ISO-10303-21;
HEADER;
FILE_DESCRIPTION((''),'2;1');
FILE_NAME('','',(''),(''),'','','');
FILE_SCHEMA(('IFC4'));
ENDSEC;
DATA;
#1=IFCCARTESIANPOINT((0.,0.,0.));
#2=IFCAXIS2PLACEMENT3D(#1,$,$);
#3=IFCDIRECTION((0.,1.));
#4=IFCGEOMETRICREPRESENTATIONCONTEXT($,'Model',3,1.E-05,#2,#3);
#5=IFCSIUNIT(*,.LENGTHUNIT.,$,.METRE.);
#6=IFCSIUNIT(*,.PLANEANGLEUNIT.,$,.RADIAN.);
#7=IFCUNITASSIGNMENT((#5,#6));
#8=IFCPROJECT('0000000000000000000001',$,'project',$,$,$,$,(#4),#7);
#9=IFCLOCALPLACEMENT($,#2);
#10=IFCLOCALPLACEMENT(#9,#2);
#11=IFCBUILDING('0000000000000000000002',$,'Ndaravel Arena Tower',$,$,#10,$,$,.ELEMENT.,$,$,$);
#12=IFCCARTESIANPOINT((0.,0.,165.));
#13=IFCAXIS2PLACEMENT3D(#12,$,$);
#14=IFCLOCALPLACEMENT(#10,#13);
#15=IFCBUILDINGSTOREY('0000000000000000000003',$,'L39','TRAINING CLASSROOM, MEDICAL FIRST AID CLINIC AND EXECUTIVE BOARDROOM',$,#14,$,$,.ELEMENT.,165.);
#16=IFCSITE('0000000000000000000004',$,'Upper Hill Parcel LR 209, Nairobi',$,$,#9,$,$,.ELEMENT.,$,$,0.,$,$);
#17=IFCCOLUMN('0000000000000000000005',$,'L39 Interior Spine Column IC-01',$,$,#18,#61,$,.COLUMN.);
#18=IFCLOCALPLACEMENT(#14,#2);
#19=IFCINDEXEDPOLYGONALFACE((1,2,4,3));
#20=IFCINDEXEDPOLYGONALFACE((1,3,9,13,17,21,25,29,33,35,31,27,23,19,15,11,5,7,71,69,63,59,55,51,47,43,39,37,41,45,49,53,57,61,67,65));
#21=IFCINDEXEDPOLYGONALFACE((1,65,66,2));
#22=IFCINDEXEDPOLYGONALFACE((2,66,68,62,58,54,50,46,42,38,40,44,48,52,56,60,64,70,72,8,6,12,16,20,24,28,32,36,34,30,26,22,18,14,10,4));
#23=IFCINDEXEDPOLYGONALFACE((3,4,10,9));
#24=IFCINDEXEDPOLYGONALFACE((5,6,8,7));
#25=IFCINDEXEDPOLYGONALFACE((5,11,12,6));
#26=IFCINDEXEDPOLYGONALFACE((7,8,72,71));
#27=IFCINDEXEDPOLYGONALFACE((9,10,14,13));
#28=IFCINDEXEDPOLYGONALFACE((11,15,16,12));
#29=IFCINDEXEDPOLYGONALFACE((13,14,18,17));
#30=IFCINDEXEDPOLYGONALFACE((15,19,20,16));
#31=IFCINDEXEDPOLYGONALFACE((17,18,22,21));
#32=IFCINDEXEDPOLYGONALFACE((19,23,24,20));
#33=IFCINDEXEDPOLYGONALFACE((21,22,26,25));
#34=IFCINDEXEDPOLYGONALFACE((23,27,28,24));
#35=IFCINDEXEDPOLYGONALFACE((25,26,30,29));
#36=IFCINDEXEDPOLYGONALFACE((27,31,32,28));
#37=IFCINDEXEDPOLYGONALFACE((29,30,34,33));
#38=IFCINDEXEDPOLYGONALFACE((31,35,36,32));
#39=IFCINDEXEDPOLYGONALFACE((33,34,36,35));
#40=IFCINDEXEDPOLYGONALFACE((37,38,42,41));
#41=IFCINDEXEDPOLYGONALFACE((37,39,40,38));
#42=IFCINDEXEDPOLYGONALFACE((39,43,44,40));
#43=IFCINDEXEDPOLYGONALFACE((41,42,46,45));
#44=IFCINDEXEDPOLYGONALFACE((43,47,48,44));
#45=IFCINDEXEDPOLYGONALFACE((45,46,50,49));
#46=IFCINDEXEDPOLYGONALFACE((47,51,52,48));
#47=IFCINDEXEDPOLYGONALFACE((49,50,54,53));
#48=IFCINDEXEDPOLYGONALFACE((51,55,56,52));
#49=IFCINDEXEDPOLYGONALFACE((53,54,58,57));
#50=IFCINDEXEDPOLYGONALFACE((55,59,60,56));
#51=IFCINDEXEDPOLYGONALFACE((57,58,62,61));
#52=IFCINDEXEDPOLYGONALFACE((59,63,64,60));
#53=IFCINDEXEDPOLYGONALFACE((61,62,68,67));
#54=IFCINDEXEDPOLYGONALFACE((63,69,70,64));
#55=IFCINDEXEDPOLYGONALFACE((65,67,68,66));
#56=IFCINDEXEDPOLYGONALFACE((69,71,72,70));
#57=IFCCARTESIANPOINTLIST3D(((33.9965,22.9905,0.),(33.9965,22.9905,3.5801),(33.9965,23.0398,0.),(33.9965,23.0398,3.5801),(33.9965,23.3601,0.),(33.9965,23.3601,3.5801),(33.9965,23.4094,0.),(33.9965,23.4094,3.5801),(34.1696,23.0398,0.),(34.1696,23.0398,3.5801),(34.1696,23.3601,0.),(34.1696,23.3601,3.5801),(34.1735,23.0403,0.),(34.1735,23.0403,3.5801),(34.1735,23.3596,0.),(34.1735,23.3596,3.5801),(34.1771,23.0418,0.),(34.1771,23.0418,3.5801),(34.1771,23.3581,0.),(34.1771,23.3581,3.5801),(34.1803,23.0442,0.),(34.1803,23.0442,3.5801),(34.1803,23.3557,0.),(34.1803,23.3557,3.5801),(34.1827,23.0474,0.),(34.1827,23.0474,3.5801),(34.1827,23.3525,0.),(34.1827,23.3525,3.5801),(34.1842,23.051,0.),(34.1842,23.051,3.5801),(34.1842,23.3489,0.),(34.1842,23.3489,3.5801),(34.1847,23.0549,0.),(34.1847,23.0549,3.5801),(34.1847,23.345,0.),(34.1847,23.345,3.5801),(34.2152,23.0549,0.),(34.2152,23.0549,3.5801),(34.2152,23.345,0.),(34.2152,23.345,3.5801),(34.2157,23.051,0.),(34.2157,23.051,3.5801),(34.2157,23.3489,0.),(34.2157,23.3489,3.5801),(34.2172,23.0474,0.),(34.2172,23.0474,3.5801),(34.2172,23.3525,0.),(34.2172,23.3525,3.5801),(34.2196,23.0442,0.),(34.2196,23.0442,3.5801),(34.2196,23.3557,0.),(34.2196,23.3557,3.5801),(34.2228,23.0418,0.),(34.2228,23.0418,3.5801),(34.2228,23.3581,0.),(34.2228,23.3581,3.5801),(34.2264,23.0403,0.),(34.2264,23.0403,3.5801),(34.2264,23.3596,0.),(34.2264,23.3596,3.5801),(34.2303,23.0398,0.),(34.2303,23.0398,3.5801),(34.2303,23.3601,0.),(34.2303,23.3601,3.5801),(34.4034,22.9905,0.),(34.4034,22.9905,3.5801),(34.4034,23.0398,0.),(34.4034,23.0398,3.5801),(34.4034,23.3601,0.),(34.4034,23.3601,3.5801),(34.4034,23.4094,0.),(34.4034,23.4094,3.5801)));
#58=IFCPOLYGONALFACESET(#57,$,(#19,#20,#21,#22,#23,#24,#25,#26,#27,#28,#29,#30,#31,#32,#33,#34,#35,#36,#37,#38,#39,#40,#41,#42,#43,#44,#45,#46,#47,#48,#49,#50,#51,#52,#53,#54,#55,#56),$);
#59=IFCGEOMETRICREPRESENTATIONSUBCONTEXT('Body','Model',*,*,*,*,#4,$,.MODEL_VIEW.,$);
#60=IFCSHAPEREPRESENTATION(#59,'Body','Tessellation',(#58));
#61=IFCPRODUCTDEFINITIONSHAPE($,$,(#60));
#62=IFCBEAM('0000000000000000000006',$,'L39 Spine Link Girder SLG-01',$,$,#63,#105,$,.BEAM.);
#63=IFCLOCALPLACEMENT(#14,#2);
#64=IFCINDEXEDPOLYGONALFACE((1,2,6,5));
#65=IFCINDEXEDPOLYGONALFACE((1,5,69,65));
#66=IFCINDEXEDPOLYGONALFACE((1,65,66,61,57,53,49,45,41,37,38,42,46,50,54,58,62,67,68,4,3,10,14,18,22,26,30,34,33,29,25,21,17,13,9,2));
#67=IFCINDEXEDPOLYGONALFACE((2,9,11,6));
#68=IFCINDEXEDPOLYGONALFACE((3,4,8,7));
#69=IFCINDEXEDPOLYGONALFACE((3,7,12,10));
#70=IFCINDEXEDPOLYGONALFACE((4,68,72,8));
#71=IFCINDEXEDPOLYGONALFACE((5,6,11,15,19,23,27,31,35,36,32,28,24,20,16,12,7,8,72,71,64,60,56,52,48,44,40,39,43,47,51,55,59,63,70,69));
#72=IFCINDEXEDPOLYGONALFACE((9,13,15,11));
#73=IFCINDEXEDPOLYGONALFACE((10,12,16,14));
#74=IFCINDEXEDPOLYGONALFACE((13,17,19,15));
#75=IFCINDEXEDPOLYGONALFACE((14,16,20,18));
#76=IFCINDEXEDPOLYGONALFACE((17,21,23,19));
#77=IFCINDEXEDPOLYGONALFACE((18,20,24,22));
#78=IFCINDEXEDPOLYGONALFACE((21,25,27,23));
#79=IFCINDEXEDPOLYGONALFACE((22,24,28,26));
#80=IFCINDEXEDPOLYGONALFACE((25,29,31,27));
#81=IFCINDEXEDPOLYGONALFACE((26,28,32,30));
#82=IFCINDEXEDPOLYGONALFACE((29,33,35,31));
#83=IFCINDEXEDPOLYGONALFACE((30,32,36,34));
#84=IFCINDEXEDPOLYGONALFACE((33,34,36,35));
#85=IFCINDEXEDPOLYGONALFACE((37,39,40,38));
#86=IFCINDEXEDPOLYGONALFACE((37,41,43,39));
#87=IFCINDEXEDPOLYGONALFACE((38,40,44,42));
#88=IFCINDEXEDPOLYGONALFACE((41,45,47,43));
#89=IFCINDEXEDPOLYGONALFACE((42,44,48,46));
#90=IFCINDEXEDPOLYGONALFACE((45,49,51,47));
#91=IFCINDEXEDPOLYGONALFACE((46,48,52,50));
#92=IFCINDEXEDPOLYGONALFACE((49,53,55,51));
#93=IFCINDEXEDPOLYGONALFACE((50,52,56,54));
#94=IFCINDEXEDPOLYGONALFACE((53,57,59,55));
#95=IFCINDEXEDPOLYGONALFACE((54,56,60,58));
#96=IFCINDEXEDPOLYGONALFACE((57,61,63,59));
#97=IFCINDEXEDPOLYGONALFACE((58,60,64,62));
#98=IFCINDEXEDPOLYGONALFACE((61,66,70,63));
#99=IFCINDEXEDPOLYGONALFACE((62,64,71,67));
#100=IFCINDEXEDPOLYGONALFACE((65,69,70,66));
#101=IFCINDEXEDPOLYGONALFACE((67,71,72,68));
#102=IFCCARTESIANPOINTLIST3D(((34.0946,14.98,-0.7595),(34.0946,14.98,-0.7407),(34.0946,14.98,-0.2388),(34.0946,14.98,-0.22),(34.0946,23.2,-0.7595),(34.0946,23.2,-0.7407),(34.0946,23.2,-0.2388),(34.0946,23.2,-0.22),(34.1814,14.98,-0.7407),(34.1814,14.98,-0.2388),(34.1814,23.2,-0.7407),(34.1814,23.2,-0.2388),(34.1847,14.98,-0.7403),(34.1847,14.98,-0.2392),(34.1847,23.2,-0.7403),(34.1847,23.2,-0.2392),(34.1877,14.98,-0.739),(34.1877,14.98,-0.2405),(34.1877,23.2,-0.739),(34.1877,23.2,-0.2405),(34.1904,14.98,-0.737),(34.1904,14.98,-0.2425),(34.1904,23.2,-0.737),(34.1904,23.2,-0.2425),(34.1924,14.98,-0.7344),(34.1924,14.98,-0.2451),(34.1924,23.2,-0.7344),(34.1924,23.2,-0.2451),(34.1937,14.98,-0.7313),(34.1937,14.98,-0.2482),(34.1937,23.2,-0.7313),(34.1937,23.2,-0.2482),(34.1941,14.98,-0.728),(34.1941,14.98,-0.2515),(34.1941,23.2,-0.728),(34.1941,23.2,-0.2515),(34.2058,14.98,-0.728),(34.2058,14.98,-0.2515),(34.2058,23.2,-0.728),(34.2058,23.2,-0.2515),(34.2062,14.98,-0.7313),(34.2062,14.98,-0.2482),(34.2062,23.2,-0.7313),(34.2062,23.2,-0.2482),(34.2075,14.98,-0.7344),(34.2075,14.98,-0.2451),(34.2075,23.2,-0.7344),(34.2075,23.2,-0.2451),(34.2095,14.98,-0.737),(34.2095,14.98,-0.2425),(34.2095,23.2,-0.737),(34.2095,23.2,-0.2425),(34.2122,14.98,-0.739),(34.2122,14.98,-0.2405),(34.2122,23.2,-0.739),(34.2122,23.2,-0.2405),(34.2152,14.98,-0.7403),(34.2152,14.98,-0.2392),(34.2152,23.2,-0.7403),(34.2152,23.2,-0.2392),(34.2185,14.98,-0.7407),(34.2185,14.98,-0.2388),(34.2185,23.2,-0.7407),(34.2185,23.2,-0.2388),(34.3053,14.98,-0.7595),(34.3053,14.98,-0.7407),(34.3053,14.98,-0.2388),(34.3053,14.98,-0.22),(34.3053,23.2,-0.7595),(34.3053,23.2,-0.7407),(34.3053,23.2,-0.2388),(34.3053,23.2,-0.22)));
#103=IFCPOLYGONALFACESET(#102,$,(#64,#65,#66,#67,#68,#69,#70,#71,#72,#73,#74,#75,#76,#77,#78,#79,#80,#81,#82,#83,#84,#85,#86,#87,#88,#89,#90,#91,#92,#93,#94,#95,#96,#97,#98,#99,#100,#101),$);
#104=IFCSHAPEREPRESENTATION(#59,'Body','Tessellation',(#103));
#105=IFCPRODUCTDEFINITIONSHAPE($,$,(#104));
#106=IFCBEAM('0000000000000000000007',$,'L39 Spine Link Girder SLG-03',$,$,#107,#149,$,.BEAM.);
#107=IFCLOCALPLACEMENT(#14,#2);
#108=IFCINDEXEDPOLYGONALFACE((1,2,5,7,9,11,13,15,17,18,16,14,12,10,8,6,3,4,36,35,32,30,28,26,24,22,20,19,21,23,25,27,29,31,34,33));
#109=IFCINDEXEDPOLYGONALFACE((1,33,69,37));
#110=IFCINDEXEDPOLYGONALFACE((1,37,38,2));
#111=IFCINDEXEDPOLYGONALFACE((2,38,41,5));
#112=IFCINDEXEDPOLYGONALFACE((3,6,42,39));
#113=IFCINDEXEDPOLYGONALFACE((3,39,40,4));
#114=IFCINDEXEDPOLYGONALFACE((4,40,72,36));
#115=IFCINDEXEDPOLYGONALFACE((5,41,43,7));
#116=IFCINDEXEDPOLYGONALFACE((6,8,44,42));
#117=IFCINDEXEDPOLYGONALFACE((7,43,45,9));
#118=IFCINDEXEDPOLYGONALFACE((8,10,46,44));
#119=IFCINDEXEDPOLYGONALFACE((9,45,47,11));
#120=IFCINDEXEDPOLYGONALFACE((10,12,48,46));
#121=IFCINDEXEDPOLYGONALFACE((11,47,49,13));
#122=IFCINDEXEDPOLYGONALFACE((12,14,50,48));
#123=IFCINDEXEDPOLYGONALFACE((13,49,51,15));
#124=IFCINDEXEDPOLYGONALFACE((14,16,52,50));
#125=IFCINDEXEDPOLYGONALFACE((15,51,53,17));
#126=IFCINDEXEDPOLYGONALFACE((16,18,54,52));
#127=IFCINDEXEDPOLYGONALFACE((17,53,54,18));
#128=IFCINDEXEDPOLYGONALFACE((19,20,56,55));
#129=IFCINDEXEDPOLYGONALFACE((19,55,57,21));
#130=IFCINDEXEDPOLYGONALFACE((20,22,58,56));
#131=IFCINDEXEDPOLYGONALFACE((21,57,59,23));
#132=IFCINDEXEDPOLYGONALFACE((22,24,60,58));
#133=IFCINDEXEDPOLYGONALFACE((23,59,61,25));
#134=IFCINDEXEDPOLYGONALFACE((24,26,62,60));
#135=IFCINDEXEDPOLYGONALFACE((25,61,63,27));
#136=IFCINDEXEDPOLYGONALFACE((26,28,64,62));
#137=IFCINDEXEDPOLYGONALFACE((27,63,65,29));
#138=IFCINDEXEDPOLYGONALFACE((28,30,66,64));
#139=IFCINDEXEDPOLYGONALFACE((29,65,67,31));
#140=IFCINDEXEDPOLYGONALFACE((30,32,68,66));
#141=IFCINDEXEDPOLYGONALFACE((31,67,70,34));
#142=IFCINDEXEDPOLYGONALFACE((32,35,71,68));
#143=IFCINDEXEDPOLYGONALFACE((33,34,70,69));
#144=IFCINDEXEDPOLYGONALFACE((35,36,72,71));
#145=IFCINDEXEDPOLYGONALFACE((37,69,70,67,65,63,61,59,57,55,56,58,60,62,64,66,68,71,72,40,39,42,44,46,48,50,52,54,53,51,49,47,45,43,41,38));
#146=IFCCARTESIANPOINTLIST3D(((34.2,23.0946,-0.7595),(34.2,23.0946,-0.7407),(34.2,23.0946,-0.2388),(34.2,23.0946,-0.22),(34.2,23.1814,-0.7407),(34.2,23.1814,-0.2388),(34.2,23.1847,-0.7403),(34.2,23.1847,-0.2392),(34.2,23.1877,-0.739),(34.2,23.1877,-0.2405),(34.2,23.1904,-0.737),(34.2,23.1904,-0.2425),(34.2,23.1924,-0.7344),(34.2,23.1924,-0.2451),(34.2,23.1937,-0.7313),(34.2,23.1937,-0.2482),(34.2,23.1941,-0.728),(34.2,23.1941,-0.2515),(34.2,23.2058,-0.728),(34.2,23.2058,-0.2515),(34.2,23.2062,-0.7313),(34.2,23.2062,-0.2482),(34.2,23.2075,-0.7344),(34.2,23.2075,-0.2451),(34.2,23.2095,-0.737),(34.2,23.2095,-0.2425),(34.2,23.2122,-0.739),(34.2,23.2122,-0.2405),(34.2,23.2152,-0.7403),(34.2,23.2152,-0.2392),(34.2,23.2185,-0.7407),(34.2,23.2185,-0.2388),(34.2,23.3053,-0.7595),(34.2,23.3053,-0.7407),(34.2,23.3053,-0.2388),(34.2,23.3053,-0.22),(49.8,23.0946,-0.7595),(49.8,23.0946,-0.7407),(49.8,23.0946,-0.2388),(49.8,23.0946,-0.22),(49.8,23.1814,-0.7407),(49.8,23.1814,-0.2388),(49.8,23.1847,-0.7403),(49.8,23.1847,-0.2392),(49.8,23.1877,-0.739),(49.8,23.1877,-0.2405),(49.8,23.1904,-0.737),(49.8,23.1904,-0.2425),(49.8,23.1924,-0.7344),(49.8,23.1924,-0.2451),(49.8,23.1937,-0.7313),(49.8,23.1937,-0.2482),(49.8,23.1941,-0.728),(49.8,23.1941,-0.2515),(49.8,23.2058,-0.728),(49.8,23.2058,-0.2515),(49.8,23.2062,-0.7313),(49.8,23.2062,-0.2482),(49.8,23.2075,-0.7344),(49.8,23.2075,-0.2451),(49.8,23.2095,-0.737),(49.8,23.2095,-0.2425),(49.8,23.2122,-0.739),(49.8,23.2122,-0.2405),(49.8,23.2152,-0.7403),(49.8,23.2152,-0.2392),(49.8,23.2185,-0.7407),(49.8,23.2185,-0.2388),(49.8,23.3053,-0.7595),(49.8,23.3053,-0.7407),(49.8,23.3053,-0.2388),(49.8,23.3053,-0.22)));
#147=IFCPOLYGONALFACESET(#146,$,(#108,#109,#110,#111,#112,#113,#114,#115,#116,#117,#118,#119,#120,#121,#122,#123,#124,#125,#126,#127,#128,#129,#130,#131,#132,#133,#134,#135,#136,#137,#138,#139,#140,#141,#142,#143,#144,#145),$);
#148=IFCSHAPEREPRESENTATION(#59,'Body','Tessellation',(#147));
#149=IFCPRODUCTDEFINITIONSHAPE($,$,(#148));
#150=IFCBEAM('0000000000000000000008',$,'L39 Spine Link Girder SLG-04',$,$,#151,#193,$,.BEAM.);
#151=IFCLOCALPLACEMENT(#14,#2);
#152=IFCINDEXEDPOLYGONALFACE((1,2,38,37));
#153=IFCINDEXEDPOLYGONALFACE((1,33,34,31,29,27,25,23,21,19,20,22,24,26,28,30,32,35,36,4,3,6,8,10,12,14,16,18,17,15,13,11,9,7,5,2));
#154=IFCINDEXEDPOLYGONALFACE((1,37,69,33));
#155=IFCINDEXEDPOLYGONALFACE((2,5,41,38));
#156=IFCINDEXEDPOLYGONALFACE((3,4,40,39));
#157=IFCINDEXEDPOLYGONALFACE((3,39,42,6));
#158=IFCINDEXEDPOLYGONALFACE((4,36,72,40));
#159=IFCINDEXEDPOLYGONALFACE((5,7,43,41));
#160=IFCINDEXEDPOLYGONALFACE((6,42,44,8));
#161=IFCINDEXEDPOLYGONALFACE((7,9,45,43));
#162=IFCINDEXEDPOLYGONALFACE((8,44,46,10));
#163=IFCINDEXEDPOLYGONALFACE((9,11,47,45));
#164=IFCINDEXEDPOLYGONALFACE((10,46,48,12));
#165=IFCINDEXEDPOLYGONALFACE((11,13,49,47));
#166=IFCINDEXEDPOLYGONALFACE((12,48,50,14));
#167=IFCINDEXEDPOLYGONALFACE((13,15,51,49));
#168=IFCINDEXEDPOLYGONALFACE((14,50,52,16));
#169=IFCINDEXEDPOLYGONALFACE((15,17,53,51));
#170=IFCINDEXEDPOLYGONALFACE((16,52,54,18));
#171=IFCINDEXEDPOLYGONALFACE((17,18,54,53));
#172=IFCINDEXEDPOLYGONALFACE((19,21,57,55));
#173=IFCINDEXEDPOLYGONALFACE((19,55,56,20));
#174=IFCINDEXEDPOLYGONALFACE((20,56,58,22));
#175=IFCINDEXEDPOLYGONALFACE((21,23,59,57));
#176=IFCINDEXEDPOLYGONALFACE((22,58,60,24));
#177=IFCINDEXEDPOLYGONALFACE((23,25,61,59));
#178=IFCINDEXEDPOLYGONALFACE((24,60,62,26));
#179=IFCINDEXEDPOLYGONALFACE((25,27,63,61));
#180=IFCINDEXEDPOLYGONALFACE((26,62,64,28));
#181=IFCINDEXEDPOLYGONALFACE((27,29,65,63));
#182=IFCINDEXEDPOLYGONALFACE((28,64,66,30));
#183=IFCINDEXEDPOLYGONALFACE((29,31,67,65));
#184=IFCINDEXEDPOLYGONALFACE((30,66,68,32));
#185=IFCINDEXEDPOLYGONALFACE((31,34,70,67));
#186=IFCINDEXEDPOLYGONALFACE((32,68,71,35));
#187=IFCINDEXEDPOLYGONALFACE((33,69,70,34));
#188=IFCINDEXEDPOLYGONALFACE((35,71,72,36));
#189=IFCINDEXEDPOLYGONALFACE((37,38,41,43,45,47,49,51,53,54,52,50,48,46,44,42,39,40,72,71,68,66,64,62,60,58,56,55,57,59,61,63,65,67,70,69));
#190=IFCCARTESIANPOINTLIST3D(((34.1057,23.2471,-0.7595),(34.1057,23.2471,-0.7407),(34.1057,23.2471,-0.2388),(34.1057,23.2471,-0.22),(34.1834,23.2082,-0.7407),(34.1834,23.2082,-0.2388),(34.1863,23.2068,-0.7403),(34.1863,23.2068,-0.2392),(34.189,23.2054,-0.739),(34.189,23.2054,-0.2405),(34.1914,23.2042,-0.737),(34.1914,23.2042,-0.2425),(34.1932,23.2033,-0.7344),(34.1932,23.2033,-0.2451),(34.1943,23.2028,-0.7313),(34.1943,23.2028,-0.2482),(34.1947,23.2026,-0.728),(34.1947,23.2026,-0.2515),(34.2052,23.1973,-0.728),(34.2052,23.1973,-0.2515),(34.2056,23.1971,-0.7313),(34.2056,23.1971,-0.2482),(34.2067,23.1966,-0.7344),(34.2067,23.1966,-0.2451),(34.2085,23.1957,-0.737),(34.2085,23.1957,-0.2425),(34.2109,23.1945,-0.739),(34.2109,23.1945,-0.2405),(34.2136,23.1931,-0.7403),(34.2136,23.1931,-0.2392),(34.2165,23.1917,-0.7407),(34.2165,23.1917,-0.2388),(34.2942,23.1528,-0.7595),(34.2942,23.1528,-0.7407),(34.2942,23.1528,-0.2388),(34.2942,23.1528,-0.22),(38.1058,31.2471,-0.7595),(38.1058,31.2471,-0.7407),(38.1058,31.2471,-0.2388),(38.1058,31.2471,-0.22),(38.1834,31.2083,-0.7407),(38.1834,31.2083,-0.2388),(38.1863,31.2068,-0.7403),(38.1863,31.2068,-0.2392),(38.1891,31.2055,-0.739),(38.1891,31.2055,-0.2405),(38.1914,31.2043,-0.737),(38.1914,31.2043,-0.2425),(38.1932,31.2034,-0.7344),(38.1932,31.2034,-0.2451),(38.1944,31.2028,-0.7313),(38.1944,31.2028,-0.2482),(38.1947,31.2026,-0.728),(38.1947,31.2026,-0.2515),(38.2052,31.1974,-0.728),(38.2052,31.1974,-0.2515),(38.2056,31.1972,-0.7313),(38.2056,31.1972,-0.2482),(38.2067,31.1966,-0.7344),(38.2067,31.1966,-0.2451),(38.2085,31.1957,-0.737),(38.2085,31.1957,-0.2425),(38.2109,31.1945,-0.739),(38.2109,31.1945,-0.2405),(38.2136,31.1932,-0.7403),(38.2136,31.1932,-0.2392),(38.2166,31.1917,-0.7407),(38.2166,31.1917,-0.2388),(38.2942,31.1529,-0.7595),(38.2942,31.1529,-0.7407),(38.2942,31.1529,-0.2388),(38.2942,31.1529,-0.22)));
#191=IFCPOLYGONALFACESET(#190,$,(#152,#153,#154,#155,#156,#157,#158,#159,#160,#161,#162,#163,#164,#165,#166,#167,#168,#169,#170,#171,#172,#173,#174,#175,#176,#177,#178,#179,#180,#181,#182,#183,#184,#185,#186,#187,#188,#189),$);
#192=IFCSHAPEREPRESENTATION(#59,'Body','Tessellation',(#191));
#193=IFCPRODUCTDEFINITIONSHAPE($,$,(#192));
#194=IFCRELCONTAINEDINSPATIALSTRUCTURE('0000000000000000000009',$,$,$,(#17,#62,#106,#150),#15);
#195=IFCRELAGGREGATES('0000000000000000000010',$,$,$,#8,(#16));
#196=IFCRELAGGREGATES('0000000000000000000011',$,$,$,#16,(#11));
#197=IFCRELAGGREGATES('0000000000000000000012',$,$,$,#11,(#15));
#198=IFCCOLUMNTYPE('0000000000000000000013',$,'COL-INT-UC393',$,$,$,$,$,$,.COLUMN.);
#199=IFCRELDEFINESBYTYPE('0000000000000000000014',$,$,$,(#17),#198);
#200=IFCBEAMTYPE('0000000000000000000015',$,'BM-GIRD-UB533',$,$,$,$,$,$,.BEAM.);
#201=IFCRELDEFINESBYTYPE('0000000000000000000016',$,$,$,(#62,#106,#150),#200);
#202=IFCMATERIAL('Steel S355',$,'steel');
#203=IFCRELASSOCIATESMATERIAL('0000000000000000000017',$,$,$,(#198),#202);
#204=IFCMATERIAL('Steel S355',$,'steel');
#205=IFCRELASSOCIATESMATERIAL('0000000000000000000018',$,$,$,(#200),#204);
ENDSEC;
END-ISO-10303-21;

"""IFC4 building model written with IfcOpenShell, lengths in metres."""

from ifc_helpers import new_model, si_unit, direction, frame, origin, origin_2d, place, context, subcontext, project, spatial, i_section, extrude, material, material_profile, profile_set, type_object, element, save


model = new_model("IFC4")

# Units and contexts
model_context = context("Model", 3, precision=1e-05, world=origin(), true_north=direction((0.0, 1.0)))
body_context = subcontext(model_context, "Body", "Model", "MODEL_VIEW")
ifc_project = project(units=[si_unit("LENGTHUNIT", "METRE"), si_unit("PLANEANGLEUNIT", "RADIAN")], contexts=[model_context])

# Site, building, storey
site_placement = place(None, origin())
site = spatial("IfcSite", under=ifc_project, at=site_placement, Name="Upper Hill Parcel LR 209, Nairobi", CompositionType="ELEMENT", RefElevation=0.0)
building_placement = place(site_placement, origin())
building = spatial("IfcBuilding", under=site, at=building_placement, Name="Ndaravel Arena Tower", CompositionType="ELEMENT")
storey_placement = place(building_placement, frame((0.0, 0.0, 165.0)))
storey = spatial("IfcBuildingStorey", under=building, at=storey_placement, Name="L39", Description="TRAINING CLASSROOM, MEDICAL FIRST AID CLINIC AND EXECUTIVE BOARDROOM", CompositionType="ELEMENT", Elevation=165.0)

# Column
ifc_material_1 = material(Name="Steel S355", Category="steel")
ifc_material_profile_1 = material_profile(ifc_material_1, i_section(OverallWidth=0.407, OverallDepth=0.4189, WebThickness=0.0305, FlangeThickness=0.0493, FilletRadius=0.0151, at=origin_2d()), Name="UC 356x406x393")
ifc_profile_set_1 = profile_set([ifc_material_profile_1], Name="Steel S355")
column_type = type_object("IfcColumnType", Name="COL-INT-UC393", PredefinedType="COLUMN", material=ifc_profile_set_1)
column_placement = place(storey_placement, frame((34.2, 23.2, 0.0), z_axis=(0.0, 0.0, 1.0), x_axis=(1.0, 0.0, 0.0)))
element("IfcColumn", 1, at=column_placement, inside=storey, type_object=column_type, Name="L39 Interior Spine Column IC-01", PredefinedType="COLUMN", context=body_context, shape_type="SweptSolid", body=[
    extrude(i_section(OverallWidth=0.407, OverallDepth=0.4189, WebThickness=0.0305, FlangeThickness=0.0493, FilletRadius=0.0151, at=origin_2d()), origin(), (0.0, 0.0, 1.0), 3.5801),
])

# Beams
ifc_material_2 = material(Name="Steel S355", Category="steel")
ifc_material_profile_2 = material_profile(ifc_material_2, i_section(OverallWidth=0.2107, OverallDepth=0.5396, WebThickness=0.0117, FlangeThickness=0.0188, FilletRadius=0.0127, at=origin_2d()), Name="UB 533x210x109")
ifc_profile_set_2 = profile_set([ifc_material_profile_2], Name="Steel S355")
beam_type = type_object("IfcBeamType", Name="BM-GIRD-UB533", PredefinedType="BEAM", material=ifc_profile_set_2)
beam_1_placement = place(storey_placement, frame((34.2, 14.98, -0.4897), z_axis=(0.0, 1.0, 0.0), x_axis=(-1.0, 0.0, 0.0)))
element("IfcBeam", 2, at=beam_1_placement, inside=storey, type_object=beam_type, Name="L39 Spine Link Girder SLG-01", PredefinedType="BEAM", context=body_context, shape_type="SweptSolid", body=[
    extrude(i_section(OverallWidth=0.2107, OverallDepth=0.5396, WebThickness=0.0117, FlangeThickness=0.0188, FilletRadius=0.0127, at=origin_2d()), origin(), (0.0, 0.0, 1.0), 8.22),
])
beam_2_placement = place(storey_placement, frame((34.2, 23.2, -0.4897), z_axis=(1.0, 0.0, 0.0), x_axis=(0.0, 1.0, 0.0)))
element("IfcBeam", 3, at=beam_2_placement, inside=storey, type_object=beam_type, Name="L39 Spine Link Girder SLG-03", PredefinedType="BEAM", context=body_context, shape_type="SweptSolid", body=[
    extrude(i_section(OverallWidth=0.2107, OverallDepth=0.5396, WebThickness=0.0117, FlangeThickness=0.0188, FilletRadius=0.0127, at=origin_2d()), origin(), (0.0, 0.0, 1.0), 15.6001),
])
beam_3_placement = place(storey_placement, frame((34.2, 23.2, -0.4897), z_axis=(0.447214, 0.894427, 0.0), x_axis=(-0.894427, 0.447214, 0.0)))
element("IfcBeam", 4, at=beam_3_placement, inside=storey, type_object=beam_type, Name="L39 Spine Link Girder SLG-04", PredefinedType="BEAM", context=body_context, shape_type="SweptSolid", body=[
    extrude(i_section(OverallWidth=0.2107, OverallDepth=0.5396, WebThickness=0.0117, FlangeThickness=0.0188, FilletRadius=0.0127, at=origin_2d()), origin(), (0.0, 0.0, 1.0), 8.9443),
])

save(model, "model.ifc")
